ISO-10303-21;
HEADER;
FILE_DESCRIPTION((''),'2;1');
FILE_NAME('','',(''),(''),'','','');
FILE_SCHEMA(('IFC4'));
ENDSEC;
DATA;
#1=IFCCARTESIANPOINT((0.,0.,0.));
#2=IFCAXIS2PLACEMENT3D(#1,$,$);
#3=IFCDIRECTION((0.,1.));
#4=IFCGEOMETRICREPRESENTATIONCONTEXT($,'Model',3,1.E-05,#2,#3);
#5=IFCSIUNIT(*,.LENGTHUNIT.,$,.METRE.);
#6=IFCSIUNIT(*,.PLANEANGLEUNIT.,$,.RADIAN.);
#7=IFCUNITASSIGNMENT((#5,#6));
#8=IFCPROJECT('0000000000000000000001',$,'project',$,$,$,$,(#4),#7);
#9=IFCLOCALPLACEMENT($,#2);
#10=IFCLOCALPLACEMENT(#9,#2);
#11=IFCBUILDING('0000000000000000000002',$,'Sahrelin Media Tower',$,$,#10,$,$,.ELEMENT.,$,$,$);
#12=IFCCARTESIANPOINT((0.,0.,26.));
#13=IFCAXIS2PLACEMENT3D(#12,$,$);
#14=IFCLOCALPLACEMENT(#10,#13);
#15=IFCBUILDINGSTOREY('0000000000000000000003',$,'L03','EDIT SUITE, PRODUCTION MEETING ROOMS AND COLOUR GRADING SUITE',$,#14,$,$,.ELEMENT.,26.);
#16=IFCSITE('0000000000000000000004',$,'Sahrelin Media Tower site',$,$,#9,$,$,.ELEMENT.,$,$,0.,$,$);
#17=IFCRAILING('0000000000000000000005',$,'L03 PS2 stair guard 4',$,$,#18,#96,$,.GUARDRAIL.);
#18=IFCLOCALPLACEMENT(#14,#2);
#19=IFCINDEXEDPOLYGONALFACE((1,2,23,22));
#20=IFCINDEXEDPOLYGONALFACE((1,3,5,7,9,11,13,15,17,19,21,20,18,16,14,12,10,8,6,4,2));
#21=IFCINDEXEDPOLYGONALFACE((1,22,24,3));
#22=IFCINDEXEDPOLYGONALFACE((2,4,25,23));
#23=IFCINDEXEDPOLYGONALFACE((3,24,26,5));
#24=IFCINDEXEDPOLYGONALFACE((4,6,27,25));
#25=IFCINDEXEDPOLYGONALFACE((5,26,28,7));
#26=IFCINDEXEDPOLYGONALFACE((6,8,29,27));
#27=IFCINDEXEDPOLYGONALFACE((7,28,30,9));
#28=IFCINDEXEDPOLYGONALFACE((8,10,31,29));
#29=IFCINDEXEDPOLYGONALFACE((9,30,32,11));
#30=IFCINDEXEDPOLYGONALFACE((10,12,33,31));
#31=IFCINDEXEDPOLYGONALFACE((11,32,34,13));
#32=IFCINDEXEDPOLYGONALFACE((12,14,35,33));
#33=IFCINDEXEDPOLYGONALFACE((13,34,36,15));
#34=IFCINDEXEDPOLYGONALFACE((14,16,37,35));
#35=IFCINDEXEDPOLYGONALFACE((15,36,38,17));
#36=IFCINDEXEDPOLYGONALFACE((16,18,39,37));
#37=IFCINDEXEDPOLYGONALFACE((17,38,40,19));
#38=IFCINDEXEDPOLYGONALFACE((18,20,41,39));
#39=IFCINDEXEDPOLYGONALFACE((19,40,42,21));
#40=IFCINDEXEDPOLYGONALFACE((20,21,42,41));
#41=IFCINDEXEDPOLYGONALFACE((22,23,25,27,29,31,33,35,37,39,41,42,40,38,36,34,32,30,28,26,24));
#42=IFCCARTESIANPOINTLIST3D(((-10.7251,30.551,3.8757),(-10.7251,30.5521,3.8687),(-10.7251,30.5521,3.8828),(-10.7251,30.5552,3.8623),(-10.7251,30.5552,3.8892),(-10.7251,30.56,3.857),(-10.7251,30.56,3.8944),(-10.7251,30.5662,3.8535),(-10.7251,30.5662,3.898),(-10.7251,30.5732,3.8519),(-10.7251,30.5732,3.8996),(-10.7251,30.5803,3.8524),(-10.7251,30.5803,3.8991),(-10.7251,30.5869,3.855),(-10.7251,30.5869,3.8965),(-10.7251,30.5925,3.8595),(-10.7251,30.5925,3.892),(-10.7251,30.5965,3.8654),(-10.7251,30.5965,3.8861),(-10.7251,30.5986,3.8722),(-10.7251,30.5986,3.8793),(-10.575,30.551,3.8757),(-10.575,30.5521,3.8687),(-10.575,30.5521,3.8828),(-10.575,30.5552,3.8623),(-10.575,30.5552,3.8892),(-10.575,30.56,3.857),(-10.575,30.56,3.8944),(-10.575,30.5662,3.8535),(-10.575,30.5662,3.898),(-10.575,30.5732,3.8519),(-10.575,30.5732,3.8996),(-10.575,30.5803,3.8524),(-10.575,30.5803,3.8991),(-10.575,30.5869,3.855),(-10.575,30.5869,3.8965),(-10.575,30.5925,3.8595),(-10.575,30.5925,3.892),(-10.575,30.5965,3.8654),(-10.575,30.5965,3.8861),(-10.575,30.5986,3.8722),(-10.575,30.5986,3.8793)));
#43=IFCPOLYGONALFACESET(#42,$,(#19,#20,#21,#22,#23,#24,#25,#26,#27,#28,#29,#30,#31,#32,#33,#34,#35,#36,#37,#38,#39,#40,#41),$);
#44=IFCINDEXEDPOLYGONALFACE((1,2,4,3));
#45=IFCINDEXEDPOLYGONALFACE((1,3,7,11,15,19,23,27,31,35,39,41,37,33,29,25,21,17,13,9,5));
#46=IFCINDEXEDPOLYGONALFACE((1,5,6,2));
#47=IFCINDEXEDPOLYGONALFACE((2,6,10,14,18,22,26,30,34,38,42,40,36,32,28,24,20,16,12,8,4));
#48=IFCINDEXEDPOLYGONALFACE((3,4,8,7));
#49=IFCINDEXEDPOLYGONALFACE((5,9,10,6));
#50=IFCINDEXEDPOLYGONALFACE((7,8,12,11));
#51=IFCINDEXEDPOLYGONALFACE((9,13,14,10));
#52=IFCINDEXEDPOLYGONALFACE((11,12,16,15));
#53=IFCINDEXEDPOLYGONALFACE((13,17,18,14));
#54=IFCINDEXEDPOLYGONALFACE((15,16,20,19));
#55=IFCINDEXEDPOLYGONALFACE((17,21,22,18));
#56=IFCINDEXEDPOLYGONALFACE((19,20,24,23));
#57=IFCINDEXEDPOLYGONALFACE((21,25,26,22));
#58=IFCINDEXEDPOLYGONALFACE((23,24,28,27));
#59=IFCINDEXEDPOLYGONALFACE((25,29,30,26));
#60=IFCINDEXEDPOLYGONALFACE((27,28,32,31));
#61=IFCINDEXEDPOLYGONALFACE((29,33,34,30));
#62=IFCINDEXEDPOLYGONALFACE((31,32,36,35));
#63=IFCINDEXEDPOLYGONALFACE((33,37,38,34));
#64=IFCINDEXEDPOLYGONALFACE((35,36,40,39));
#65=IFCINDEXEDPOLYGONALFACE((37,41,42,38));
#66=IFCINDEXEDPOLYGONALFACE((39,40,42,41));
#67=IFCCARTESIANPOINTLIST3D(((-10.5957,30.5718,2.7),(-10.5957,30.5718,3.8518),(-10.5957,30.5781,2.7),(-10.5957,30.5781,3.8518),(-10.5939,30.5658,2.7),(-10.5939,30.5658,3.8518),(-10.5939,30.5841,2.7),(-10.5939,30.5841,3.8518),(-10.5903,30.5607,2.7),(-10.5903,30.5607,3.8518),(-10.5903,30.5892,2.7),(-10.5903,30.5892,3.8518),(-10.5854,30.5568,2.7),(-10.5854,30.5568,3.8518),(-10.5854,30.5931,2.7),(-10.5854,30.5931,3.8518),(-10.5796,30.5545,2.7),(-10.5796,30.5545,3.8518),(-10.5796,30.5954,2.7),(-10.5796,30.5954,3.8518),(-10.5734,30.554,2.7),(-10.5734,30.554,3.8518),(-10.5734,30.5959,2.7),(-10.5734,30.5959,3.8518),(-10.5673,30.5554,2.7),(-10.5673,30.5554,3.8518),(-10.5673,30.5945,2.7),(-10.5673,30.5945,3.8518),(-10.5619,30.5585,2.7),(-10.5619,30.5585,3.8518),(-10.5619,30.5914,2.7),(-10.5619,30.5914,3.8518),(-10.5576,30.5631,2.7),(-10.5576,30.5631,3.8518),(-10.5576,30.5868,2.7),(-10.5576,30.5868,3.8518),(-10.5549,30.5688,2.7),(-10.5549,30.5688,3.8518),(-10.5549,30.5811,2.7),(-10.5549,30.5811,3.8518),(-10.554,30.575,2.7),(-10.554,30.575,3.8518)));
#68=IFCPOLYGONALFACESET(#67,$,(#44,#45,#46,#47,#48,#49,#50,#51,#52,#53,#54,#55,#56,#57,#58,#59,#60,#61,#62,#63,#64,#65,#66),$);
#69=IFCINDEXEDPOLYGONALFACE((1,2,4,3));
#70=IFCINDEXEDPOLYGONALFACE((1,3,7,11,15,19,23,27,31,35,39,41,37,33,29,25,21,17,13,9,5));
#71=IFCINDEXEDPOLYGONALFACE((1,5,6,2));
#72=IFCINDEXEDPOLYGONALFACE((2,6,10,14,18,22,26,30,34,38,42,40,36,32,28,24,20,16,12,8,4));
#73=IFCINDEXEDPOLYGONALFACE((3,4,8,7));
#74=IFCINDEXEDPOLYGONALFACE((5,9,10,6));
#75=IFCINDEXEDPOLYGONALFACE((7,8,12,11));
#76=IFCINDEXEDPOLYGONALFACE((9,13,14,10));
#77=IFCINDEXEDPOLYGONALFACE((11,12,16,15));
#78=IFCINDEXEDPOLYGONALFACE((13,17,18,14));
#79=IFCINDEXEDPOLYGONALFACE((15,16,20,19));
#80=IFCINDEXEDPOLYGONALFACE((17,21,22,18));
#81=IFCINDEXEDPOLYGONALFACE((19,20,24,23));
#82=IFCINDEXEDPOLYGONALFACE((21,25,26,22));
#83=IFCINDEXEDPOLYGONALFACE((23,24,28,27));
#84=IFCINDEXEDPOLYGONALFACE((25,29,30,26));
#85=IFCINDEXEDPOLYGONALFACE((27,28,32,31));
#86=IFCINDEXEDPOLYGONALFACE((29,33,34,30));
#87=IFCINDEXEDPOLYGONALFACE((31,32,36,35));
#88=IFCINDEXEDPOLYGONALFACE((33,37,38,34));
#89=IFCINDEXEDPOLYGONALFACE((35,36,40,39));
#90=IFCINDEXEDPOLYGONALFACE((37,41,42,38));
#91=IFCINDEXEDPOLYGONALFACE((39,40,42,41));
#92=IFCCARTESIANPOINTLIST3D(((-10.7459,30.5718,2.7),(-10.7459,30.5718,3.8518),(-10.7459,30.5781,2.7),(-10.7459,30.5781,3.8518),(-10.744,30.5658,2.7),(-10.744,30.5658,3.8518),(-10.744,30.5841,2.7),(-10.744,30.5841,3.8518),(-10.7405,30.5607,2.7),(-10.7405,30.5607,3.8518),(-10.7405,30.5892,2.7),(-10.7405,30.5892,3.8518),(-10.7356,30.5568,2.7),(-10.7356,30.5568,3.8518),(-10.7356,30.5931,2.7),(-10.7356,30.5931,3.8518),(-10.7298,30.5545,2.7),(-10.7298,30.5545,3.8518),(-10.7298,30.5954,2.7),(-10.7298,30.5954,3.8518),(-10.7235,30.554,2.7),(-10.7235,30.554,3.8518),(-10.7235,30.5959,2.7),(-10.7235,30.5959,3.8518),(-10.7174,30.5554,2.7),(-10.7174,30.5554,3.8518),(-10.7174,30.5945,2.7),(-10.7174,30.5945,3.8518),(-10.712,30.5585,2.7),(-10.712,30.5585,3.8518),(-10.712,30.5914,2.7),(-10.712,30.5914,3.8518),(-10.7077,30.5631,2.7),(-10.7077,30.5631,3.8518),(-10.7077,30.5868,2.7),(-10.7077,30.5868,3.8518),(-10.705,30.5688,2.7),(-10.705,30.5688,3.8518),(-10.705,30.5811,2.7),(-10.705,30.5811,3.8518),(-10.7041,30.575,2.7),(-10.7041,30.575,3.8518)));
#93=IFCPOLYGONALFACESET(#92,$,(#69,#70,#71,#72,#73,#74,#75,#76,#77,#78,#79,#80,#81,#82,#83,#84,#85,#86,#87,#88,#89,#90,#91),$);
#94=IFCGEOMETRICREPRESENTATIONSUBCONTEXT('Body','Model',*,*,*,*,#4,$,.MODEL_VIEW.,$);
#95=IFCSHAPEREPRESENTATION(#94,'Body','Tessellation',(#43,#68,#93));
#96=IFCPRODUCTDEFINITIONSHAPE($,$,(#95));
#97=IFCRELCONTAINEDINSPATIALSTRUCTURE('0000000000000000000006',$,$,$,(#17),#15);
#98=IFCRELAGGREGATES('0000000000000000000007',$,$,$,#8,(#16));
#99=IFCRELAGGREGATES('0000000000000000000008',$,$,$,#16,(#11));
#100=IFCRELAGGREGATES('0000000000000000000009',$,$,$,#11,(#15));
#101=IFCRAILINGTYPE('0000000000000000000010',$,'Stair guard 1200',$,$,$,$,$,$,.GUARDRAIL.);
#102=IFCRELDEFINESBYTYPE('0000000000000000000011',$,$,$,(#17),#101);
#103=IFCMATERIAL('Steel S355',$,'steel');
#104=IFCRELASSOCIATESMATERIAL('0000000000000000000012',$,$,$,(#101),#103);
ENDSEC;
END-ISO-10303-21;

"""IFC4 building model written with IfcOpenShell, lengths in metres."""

from ifc_helpers import new_model, si_unit, direction, frame, origin, origin_2d, place, context, subcontext, project, spatial, circle, extrude, material, type_object, element, save


model = new_model("IFC4")

# Units and contexts
model_context = context("Model", 3, precision=1e-05, world=origin(), true_north=direction((0.0, 1.0)))
body_context = subcontext(model_context, "Body", "Model", "MODEL_VIEW")
ifc_project = project(units=[si_unit("LENGTHUNIT", "METRE"), si_unit("PLANEANGLEUNIT", "RADIAN")], contexts=[model_context])

# Site, building, storey
site_placement = place(None, origin())
site = spatial("IfcSite", under=ifc_project, at=site_placement, Name="Sahrelin Media Tower site", CompositionType="ELEMENT", RefElevation=0.0)
building_placement = place(site_placement, origin())
building = spatial("IfcBuilding", under=site, at=building_placement, Name="Sahrelin Media Tower", CompositionType="ELEMENT")
storey_placement = place(building_placement, frame((0.0, 0.0, 26.0)))
storey = spatial("IfcBuildingStorey", under=building, at=storey_placement, Name="L03", Description="EDIT SUITE, PRODUCTION MEETING ROOMS AND COLOUR GRADING SUITE", CompositionType="ELEMENT", Elevation=26.0)

# Shared definitions
ifc_material_1 = material(Name="Steel S355", Category="steel")

# Railing
railing_type_1 = type_object("IfcRailingType", Name="Stair guard 1200", PredefinedType="GUARDRAIL", material=ifc_material_1)
railing_1_placement = place(storey_placement, frame((-10.575, 30.575, 2.7)))
element("IfcRailing", 1, at=railing_1_placement, inside=storey, type_object=railing_type_1, Name="L03 PS2 stair guard 4", PredefinedType="GUARDRAIL", context=body_context, shape_type="SweptSolid", body=[
    extrude(circle(Radius=0.0239, at=origin_2d()), frame((0.0, 0.0, 1.1758), z_axis=(-1.0, 0.0, 0.0), x_axis=(0.0, -1.0, 0.0)), (0.0, 0.0, 1.0), 0.1501),
    extrude(circle(Radius=0.021, at=origin_2d()), origin(), (0.0, 0.0, 1.0), 1.1519),
    extrude(circle(Radius=0.021, at=origin_2d()), frame((-0.1501, 0.0, 0.0)), (0.0, 0.0, 1.0), 1.1519),
])

save(model, "model.ifc")
